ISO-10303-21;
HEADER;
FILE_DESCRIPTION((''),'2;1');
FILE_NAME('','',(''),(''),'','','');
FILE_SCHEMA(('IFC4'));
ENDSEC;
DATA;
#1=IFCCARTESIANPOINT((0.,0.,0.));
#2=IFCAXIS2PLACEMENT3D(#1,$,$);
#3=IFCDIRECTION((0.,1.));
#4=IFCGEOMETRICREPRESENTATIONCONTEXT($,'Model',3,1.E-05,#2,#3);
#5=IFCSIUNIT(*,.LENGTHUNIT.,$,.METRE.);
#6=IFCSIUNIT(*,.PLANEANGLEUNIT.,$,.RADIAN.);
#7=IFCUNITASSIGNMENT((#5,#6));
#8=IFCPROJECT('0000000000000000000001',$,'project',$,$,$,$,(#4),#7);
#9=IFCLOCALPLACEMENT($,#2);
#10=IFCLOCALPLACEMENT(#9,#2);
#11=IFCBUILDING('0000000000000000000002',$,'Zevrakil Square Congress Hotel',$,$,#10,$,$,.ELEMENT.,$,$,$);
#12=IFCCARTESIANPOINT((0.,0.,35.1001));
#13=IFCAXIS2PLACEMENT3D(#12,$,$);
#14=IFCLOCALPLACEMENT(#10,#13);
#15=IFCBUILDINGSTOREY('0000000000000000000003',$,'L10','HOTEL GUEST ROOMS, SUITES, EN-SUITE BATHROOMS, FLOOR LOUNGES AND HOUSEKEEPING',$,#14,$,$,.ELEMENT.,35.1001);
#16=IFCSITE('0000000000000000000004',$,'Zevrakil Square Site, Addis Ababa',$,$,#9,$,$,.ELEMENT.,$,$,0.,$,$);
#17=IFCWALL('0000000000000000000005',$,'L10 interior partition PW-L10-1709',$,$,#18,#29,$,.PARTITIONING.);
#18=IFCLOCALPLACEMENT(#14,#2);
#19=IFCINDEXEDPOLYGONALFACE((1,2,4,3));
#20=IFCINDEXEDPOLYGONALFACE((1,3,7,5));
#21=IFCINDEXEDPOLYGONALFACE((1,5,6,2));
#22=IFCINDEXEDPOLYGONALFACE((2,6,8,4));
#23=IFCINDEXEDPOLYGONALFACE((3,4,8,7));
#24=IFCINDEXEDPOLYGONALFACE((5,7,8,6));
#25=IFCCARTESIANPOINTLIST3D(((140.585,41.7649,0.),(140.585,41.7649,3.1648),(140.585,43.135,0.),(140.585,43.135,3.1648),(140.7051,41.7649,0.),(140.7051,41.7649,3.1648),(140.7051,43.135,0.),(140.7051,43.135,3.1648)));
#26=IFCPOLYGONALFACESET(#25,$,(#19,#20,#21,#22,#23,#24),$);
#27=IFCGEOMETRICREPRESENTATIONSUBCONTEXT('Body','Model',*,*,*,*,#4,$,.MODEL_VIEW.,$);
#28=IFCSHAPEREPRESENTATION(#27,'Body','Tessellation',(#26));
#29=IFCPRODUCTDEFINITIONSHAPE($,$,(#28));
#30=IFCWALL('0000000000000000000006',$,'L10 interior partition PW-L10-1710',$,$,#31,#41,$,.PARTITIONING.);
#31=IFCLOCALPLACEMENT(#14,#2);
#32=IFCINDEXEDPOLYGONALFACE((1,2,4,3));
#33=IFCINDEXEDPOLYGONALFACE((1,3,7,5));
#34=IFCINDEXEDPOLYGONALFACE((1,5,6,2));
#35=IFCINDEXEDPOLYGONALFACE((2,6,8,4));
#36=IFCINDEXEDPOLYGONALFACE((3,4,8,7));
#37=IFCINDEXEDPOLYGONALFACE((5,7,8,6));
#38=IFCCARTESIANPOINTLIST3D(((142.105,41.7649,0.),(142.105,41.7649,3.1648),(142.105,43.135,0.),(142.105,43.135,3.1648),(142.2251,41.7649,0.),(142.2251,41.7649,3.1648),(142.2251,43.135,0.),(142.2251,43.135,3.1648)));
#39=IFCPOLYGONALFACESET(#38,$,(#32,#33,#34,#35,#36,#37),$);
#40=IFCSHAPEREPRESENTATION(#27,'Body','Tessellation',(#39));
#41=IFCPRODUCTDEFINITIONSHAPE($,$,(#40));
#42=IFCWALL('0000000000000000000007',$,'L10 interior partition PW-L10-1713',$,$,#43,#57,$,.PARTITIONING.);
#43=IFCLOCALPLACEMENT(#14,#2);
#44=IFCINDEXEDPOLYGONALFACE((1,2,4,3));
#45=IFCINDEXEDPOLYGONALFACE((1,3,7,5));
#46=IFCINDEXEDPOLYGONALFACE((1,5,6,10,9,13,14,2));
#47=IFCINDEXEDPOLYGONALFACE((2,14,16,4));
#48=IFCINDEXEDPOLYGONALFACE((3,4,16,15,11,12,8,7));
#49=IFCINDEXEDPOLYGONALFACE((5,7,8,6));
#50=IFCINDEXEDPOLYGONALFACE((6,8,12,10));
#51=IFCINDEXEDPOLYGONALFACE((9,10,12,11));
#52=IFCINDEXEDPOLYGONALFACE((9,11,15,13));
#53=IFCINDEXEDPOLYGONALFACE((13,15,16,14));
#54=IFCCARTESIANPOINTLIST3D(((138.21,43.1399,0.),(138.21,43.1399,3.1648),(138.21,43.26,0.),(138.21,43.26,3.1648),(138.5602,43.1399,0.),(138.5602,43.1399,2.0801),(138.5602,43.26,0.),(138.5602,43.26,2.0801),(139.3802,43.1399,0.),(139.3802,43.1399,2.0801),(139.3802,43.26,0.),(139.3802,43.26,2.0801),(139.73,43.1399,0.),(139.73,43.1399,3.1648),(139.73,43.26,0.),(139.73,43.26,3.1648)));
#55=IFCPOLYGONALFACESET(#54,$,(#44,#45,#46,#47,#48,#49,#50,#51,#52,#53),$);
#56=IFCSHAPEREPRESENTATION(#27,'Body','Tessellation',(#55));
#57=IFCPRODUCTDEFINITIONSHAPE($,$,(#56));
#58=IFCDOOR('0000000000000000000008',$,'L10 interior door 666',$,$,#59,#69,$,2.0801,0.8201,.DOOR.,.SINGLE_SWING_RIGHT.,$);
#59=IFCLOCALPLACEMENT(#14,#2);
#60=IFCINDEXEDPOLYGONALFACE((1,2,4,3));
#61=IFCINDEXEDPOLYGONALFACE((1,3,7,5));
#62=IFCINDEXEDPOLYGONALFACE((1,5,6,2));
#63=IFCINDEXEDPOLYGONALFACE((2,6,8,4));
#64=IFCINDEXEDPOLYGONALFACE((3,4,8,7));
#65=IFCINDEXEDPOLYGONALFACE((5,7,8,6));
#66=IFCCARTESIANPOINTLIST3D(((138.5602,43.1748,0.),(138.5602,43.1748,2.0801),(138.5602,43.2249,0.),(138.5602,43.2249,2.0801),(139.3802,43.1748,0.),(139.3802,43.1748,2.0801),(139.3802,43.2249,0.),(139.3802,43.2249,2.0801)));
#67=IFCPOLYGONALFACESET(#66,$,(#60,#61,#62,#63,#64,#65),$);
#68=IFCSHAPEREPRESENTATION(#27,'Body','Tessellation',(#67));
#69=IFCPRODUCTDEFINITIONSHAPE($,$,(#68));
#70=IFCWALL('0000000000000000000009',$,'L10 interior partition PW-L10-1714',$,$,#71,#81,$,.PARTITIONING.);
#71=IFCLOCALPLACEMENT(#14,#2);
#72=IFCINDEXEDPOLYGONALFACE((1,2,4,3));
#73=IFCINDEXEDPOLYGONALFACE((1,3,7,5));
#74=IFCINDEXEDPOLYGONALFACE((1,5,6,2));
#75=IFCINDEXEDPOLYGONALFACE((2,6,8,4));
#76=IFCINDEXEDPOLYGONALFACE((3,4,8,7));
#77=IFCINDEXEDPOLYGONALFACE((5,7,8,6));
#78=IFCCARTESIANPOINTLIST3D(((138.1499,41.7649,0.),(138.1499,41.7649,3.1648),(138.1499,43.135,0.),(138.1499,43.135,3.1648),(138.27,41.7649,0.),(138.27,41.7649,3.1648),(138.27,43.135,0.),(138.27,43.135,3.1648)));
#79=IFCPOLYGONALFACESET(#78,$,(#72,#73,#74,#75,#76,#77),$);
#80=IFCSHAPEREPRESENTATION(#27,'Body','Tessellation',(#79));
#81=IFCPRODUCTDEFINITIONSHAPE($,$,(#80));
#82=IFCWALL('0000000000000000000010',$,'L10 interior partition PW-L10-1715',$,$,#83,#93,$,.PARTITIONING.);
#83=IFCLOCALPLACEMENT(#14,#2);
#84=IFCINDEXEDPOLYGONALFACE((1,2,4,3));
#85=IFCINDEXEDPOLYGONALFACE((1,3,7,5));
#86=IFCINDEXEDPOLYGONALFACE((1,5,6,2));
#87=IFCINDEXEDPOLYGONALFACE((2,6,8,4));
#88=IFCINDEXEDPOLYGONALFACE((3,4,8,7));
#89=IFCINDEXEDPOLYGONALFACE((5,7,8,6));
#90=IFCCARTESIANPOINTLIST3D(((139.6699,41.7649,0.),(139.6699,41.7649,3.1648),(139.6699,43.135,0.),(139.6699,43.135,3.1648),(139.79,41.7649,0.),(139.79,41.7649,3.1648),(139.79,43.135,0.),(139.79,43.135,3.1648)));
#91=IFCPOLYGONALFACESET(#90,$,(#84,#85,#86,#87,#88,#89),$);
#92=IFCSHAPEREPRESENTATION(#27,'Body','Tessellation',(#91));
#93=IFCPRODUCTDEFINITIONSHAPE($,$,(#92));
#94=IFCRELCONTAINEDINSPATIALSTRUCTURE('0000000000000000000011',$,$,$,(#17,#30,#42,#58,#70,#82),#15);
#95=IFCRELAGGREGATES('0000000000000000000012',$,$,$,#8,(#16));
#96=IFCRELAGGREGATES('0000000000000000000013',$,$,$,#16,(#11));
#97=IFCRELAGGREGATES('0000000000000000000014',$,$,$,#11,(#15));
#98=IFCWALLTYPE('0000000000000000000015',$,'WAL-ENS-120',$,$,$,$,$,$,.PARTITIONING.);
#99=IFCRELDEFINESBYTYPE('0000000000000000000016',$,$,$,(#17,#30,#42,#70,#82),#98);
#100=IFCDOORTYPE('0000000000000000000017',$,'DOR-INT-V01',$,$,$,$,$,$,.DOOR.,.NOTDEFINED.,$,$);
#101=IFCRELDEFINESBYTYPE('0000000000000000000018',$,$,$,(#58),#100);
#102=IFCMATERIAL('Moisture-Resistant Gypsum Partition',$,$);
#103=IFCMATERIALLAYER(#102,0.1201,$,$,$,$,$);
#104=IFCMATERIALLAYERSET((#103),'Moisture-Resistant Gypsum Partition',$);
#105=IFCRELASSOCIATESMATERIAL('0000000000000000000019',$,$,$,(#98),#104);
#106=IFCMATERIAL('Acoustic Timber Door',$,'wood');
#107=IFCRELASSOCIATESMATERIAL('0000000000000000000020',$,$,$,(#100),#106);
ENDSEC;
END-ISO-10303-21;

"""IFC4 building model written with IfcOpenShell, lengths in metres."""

from ifc_helpers import new_model, si_unit, direction, frame, frame_2d, origin, place, context, subcontext, project, spatial, rectangle, extrude, material, layer, layer_set, type_object, element, fill, save


model = new_model("IFC4")

# Units and contexts
model_context = context("Model", 3, precision=1e-05, world=origin(), true_north=direction((0.0, 1.0)))
body_context = subcontext(model_context, "Body", "Model", "MODEL_VIEW")
ifc_project = project(units=[si_unit("LENGTHUNIT", "METRE"), si_unit("PLANEANGLEUNIT", "RADIAN")], contexts=[model_context])

# Site, building, storey
site_placement = place(None, origin())
site = spatial("IfcSite", under=ifc_project, at=site_placement, Name="Zevrakil Square Site, Addis Ababa", CompositionType="ELEMENT", RefElevation=0.0)
building_placement = place(site_placement, origin())
building = spatial("IfcBuilding", under=site, at=building_placement, Name="Zevrakil Square Congress Hotel", CompositionType="ELEMENT")
storey_placement = place(building_placement, frame((0.0, 0.0, 35.1001)))
storey = spatial("IfcBuildingStorey", under=building, at=storey_placement, Name="L10", Description="HOTEL GUEST ROOMS, SUITES, EN-SUITE BATHROOMS, FLOOR LOUNGES AND HOUSEKEEPING", CompositionType="ELEMENT", Elevation=35.1001)

# Shared definitions
ifc_material_1 = material(Name="Moisture-Resistant Gypsum Partition")
ifc_layer_1 = layer(ifc_material_1, 0.1201)
ifc_layer_set_1 = layer_set([ifc_layer_1], Name="Moisture-Resistant Gypsum Partition")
wall_type_1 = type_object("IfcWallType", Name="WAL-ENS-120", PredefinedType="PARTITIONING", material=ifc_layer_set_1)

# Shared definitions
ifc_material_2 = material(Name="Acoustic Timber Door", Category="wood")
door_type_1 = type_object("IfcDoorType", Name="DOR-INT-V01", OperationType="NOTDEFINED", PredefinedType="DOOR", material=ifc_material_2)

# Walls
for number, where, z_axis, x_axis, name in (
    (1, (140.645, 41.7649, 0.0), (0.0, 0.0, 1.0), (0.0, 1.0, 0.0), "L10 interior partition PW-L10-1709"),
    (2, (142.165, 41.7649, 0.0), (0.0, 0.0, 1.0), (0.0, 1.0, 0.0), "L10 interior partition PW-L10-1710"),
):
    element("IfcWall", number, at=place(storey_placement, frame(where, z_axis=z_axis, x_axis=x_axis)), inside=storey, type_object=wall_type_1, Name=name, PredefinedType="PARTITIONING", context=body_context, shape_type="SweptSolid", body=[
        extrude(rectangle(XDim=1.3701, YDim=0.1201, at=frame_2d((0.6851, 0.0))), origin(), (0.0, 0.0, 1.0), 3.1648),
    ])

# Wall, opening, door
wall_1_placement = place(storey_placement, frame((138.21, 43.2, 0.0), z_axis=(0.0, 0.0, 1.0), x_axis=(1.0, 0.0, 0.0)))
wall_1 = element("IfcWall", 3, at=wall_1_placement, inside=storey, type_object=wall_type_1, Name="L10 interior partition PW-L10-1713", PredefinedType="PARTITIONING", context=body_context, shape_type="SweptSolid", body=[
    extrude(rectangle(XDim=1.52, YDim=0.1201, at=frame_2d((0.76, 0.0))), origin(), (0.0, 0.0, 1.0), 3.1648),
])
opening_1_placement = place(wall_1_placement, frame((0.3501, 0.0, 0.0)))
opening_1 = element("IfcOpeningElement", 4, at=opening_1_placement, cuts=wall_1, PredefinedType="OPENING", context=body_context, shape_type="SweptSolid", body=[
    extrude(rectangle(XDim=0.8201, YDim=2.0801, at=frame_2d((0.4102, 1.04))), frame((0.0, 0.0701, 0.0), z_axis=(0.0, -1.0, 0.0), x_axis=(1.0, 0.0, 0.0)), (0.0, 0.0, 1.0), 0.1401),
])
door_1_placement = place(opening_1_placement, origin())
door_1 = element("IfcDoor", 5, at=door_1_placement, inside=storey, type_object=door_type_1, Name="L10 interior door 666", OperationType="SINGLE_SWING_RIGHT", OverallHeight=2.0801, OverallWidth=0.8201, PredefinedType="DOOR", context=body_context, shape_type="SweptSolid", body=[
    extrude(rectangle(XDim=0.8201, YDim=2.0801, at=frame_2d((0.4102, 1.04))), frame((0.0, 0.0249, 0.0), z_axis=(0.0, -1.0, 0.0), x_axis=(1.0, 0.0, 0.0)), (0.0, 0.0, 1.0), 0.05),
])
fill(opening_1, door_1)

# Walls
for number, where, z_axis, x_axis, name in (
    (6, (138.21, 41.7649, 0.0), (0.0, 0.0, 1.0), (0.0, 1.0, 0.0), "L10 interior partition PW-L10-1714"),
    (7, (139.73, 41.7649, 0.0), (0.0, 0.0, 1.0), (0.0, 1.0, 0.0), "L10 interior partition PW-L10-1715"),
):
    element("IfcWall", number, at=place(storey_placement, frame(where, z_axis=z_axis, x_axis=x_axis)), inside=storey, type_object=wall_type_1, Name=name, PredefinedType="PARTITIONING", context=body_context, shape_type="SweptSolid", body=[
        extrude(rectangle(XDim=1.3701, YDim=0.1201, at=frame_2d((0.6851, 0.0))), origin(), (0.0, 0.0, 1.0), 3.1648),
    ])

save(model, "model.ifc")
